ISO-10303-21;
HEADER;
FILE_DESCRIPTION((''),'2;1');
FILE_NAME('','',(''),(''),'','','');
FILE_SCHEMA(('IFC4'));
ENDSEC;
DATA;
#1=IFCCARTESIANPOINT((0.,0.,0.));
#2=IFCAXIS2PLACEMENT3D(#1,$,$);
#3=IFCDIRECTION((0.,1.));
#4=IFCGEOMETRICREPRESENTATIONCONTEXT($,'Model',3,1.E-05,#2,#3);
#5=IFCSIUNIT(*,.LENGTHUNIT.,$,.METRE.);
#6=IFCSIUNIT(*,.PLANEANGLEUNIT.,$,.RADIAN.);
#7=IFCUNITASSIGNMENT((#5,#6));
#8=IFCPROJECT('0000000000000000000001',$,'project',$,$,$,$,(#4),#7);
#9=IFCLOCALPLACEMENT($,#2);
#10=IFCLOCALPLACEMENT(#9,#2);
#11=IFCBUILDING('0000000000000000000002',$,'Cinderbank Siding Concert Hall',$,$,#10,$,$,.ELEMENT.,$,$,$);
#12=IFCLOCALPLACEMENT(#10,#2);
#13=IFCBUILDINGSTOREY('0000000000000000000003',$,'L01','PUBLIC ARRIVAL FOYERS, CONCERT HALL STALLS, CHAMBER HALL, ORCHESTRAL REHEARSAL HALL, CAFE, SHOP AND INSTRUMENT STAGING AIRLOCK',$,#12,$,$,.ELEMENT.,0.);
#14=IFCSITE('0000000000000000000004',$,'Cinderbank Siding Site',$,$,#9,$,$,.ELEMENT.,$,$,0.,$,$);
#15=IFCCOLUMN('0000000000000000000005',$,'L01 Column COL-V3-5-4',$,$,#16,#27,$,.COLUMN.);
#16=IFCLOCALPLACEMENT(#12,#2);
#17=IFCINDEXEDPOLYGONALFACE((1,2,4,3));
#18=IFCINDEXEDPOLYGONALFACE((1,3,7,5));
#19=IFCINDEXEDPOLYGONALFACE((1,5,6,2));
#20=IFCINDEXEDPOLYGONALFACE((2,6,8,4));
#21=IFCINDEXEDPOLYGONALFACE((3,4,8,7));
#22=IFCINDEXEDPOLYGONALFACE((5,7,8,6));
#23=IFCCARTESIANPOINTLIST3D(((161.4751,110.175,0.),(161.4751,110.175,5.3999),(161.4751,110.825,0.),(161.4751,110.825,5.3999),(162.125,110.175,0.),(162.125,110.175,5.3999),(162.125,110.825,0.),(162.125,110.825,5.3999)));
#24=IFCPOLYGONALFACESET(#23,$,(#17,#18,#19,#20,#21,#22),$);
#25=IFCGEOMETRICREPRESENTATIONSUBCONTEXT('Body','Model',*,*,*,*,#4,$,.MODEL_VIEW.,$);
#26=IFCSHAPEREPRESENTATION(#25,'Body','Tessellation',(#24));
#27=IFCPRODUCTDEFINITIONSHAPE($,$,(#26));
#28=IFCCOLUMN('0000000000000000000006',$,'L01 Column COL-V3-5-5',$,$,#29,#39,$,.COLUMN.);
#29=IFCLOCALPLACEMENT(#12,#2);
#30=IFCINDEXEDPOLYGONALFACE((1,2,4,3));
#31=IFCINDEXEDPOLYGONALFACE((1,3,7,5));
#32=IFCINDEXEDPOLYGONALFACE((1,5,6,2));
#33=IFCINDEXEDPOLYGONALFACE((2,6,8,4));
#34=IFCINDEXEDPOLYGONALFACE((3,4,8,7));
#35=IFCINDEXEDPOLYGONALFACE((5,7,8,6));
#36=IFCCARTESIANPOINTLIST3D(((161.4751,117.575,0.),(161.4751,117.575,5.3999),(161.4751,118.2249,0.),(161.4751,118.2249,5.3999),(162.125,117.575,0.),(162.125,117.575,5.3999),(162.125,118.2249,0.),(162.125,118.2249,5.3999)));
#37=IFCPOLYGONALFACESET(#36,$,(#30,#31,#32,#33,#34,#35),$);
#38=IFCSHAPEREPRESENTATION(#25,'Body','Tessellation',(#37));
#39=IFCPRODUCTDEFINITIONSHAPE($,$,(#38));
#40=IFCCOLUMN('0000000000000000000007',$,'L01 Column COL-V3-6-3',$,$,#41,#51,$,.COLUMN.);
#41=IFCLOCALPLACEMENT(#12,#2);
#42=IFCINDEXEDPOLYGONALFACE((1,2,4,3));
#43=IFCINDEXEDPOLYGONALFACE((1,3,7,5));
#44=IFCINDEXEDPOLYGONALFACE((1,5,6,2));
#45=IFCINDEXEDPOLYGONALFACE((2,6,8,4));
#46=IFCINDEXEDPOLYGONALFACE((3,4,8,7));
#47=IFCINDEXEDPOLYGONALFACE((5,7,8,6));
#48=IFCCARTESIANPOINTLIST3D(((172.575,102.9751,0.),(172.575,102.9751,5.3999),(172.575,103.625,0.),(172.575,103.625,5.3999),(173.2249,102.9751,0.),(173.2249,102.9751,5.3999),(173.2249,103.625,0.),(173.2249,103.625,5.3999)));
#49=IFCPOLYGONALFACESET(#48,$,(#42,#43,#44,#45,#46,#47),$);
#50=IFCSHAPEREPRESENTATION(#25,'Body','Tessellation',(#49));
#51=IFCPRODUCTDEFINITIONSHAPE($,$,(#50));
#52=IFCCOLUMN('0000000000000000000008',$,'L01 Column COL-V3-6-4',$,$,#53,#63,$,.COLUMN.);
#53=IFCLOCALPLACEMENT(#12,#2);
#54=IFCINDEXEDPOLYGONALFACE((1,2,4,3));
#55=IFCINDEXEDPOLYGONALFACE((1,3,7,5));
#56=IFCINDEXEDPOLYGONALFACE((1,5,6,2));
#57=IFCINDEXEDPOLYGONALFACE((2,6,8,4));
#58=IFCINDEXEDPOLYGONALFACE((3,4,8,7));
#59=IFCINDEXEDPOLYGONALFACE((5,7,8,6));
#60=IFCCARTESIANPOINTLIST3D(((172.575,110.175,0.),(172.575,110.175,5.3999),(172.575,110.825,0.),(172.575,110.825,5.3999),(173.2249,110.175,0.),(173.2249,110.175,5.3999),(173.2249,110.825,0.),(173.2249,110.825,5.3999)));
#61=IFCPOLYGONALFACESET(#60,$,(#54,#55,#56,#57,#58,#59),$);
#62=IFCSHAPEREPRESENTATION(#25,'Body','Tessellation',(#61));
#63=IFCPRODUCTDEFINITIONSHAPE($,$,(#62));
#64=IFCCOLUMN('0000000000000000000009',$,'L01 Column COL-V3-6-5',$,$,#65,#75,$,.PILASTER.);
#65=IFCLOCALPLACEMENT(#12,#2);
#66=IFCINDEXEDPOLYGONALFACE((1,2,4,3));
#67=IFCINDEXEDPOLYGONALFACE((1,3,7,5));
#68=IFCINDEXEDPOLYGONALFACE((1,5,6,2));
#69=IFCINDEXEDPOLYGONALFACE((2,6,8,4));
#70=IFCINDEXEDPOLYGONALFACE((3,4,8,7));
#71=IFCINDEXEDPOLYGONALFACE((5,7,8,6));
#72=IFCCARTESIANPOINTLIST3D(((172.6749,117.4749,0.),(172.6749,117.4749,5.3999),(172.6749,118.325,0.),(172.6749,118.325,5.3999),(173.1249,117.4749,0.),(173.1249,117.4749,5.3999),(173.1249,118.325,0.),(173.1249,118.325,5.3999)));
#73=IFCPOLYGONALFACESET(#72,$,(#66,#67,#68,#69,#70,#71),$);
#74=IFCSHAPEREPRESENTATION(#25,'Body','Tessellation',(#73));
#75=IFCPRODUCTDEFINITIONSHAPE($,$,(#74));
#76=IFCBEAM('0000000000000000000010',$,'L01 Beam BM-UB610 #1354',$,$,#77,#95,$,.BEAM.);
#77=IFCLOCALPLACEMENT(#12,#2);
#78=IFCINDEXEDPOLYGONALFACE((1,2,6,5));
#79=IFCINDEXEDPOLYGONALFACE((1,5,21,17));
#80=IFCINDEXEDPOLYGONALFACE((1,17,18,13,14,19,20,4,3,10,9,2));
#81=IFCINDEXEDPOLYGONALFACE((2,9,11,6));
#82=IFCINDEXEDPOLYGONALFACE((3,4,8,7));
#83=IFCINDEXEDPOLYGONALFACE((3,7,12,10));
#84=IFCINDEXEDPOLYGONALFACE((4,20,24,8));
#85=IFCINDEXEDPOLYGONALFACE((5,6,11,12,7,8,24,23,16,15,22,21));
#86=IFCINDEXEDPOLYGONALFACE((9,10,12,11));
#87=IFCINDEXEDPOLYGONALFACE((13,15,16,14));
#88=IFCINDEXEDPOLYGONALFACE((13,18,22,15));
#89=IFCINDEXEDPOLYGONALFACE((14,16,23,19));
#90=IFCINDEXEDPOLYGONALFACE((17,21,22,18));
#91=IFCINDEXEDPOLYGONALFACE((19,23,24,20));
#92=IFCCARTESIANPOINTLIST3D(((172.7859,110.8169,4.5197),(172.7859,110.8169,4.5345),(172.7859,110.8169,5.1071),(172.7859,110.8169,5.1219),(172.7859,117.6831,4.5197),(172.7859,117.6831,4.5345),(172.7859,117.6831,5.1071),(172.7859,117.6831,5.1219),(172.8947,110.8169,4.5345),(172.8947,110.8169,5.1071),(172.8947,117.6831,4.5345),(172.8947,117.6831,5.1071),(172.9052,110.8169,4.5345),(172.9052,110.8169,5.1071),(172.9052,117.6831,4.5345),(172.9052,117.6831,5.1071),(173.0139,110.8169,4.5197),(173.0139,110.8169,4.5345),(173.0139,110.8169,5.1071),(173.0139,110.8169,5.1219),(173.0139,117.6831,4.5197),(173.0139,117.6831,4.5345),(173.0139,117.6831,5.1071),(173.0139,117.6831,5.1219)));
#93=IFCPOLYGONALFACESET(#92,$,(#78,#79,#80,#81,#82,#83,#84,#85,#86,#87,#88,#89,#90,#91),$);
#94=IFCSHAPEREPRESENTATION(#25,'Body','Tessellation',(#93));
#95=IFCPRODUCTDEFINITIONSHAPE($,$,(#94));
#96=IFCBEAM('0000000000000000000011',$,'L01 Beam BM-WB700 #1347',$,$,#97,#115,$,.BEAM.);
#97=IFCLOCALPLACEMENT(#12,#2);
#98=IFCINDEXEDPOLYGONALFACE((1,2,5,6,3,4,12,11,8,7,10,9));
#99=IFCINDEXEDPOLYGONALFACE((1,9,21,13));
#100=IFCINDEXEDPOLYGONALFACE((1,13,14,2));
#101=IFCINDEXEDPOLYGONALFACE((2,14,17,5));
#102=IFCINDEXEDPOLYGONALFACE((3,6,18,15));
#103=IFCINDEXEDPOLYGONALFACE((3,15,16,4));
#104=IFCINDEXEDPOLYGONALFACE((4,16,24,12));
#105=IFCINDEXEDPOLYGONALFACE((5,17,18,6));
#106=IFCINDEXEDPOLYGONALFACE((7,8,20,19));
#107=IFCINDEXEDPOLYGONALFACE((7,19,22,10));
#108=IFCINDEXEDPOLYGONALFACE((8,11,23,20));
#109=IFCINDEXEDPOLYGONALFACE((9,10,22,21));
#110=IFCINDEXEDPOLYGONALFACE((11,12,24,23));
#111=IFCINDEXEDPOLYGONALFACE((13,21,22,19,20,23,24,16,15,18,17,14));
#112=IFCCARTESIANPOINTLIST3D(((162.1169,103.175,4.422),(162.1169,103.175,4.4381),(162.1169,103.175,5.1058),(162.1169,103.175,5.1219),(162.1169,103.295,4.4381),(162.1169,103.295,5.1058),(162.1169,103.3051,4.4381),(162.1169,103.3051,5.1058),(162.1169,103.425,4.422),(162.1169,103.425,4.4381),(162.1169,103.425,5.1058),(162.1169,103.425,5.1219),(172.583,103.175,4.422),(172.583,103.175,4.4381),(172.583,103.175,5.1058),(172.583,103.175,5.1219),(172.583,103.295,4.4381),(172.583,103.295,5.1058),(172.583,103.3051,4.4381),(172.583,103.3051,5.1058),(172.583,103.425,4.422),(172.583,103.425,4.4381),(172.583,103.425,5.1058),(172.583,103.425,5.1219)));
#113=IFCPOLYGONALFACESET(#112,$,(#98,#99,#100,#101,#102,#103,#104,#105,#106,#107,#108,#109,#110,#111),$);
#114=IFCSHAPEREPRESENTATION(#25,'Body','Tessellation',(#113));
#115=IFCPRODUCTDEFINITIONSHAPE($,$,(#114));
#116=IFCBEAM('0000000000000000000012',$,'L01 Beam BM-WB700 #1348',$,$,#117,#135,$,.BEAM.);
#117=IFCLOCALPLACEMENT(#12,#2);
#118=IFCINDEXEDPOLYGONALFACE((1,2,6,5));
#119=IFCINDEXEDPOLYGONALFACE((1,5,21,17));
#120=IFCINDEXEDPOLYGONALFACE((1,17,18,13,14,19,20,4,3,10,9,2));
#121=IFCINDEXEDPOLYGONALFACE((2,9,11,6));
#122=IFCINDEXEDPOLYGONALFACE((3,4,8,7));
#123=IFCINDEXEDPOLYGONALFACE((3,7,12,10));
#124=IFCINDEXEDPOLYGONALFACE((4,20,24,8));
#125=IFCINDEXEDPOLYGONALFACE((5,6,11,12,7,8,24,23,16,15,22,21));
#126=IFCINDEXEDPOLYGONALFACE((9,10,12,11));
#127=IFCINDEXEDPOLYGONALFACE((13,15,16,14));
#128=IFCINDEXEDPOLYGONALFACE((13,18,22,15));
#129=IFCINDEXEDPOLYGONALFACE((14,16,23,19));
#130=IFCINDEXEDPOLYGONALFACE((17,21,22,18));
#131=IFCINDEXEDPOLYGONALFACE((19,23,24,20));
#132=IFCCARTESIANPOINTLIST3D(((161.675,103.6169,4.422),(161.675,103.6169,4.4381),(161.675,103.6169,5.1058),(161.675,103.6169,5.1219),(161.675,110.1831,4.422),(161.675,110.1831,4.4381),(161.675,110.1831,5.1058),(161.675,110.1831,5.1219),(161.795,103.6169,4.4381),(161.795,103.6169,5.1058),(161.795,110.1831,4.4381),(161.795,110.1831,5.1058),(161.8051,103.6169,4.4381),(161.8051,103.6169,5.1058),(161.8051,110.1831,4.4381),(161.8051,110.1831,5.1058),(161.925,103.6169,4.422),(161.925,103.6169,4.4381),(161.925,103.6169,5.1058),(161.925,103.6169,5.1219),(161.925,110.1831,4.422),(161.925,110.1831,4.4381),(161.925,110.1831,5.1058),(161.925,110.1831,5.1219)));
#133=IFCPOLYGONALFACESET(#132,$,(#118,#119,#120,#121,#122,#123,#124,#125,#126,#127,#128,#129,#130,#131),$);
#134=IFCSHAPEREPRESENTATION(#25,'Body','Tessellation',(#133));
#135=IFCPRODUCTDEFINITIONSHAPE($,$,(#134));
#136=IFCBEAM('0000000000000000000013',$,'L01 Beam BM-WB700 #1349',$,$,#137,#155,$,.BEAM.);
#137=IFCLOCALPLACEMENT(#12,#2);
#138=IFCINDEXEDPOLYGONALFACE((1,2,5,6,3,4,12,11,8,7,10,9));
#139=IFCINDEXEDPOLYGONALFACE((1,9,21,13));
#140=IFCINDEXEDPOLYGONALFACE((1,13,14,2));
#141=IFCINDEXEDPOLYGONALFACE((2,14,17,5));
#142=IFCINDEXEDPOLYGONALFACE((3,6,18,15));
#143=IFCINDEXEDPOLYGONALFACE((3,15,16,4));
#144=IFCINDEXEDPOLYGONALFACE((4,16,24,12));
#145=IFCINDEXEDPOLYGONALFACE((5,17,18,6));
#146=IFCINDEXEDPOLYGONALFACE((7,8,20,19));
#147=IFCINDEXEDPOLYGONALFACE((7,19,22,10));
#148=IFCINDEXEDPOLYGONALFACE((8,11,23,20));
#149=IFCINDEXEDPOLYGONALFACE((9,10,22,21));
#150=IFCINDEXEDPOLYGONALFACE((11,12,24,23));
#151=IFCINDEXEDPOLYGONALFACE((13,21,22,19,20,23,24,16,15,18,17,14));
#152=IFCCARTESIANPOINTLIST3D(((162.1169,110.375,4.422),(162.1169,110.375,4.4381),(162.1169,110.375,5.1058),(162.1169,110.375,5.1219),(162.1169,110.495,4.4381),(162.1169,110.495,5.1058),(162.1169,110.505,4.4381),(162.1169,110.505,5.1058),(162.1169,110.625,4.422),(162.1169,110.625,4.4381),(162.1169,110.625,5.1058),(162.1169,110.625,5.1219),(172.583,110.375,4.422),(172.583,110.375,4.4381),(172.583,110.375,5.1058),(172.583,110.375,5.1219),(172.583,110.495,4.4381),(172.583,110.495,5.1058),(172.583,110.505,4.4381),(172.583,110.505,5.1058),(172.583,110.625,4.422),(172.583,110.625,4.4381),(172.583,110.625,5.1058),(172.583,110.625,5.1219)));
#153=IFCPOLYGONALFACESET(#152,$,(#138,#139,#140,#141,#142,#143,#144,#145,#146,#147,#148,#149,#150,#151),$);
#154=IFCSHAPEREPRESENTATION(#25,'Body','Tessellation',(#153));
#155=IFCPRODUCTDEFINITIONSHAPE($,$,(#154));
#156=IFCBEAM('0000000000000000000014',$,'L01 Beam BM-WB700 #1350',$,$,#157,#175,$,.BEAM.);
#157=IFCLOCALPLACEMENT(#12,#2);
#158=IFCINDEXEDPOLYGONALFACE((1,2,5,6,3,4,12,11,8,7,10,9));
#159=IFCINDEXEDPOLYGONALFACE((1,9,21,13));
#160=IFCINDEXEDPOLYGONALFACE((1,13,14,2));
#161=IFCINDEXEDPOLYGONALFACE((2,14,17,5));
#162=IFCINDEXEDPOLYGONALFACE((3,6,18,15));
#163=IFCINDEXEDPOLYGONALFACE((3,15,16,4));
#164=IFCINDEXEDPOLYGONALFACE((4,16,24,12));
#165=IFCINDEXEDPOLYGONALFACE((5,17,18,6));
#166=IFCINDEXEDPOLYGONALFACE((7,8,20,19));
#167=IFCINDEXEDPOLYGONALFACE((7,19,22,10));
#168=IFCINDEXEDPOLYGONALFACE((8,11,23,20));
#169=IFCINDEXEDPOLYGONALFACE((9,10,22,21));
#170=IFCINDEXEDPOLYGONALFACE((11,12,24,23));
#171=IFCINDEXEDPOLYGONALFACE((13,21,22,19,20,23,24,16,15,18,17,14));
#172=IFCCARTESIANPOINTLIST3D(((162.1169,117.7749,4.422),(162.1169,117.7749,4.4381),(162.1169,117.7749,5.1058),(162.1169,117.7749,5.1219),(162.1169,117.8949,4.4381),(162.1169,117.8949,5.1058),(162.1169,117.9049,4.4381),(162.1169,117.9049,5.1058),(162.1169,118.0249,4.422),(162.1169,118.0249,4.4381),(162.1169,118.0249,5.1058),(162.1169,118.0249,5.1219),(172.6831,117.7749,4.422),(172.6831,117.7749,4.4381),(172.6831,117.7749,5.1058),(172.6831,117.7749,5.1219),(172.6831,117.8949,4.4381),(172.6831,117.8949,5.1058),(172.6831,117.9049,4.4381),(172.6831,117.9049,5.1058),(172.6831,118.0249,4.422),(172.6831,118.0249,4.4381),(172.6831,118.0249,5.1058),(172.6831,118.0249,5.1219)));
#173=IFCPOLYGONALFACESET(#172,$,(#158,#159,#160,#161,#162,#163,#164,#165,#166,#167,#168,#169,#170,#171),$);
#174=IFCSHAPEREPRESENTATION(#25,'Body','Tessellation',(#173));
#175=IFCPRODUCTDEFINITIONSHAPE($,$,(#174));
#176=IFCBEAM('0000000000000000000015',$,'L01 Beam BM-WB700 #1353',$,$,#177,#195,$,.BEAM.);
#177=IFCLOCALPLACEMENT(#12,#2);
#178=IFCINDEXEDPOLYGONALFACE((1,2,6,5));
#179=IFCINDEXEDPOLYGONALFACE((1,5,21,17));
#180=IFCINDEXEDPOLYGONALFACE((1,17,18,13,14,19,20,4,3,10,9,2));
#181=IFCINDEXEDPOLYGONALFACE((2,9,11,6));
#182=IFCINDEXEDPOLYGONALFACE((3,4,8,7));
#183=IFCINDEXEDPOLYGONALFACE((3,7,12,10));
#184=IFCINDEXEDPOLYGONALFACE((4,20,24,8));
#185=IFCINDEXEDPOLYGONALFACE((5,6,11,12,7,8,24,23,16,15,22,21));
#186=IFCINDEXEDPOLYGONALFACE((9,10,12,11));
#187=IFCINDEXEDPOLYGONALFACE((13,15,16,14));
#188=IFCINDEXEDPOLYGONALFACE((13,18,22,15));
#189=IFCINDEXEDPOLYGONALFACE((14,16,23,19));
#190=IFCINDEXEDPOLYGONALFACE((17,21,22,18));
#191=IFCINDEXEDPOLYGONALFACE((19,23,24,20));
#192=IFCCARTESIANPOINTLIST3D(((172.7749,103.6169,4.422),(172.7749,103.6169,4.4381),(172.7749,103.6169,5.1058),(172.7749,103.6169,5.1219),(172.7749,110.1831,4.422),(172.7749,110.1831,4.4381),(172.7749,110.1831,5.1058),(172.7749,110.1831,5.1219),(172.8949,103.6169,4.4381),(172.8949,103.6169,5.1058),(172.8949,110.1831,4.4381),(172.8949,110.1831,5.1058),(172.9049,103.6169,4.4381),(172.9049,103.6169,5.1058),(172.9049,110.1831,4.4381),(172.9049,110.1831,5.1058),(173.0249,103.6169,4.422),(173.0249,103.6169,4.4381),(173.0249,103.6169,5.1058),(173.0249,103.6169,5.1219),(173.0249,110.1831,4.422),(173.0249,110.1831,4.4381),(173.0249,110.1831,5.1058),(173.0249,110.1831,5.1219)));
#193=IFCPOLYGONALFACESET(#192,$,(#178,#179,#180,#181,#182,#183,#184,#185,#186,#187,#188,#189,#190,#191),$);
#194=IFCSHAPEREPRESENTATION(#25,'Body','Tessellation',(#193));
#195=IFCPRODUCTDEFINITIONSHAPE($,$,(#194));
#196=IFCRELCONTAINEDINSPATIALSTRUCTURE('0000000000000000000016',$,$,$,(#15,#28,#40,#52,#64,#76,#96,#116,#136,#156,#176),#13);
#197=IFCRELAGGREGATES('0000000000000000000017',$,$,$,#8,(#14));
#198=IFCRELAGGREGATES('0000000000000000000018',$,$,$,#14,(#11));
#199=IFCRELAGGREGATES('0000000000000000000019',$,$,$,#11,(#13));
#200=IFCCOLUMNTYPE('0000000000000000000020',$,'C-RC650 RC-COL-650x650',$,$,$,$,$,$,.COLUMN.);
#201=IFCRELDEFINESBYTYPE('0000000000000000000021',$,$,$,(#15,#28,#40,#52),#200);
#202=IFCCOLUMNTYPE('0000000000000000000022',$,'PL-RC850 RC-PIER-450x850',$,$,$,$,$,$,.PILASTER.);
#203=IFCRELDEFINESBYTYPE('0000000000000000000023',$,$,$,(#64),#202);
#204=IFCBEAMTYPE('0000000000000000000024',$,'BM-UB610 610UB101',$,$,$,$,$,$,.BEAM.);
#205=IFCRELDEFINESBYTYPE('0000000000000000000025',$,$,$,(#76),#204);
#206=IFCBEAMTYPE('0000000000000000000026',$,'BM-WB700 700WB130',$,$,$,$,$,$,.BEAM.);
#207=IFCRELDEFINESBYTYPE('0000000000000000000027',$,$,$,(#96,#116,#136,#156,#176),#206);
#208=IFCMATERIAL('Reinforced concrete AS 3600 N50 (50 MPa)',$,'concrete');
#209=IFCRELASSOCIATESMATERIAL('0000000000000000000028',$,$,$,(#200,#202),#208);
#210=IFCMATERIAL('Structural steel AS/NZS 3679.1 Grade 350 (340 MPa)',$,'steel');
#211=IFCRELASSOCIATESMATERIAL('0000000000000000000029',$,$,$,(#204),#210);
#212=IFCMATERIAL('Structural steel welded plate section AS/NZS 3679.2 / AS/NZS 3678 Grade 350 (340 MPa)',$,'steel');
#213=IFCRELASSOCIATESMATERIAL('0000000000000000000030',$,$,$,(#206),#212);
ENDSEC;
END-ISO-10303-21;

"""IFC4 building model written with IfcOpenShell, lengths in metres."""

from ifc_helpers import new_model, si_unit, direction, frame, origin, origin_2d, place, context, subcontext, project, spatial, rectangle, i_section, extrude, material, material_profile, profile_set, type_object, element, save


model = new_model("IFC4")

# Units and contexts
model_context = context("Model", 3, precision=1e-05, world=origin(), true_north=direction((0.0, 1.0)))
body_context = subcontext(model_context, "Body", "Model", "MODEL_VIEW")
ifc_project = project(units=[si_unit("LENGTHUNIT", "METRE"), si_unit("PLANEANGLEUNIT", "RADIAN")], contexts=[model_context])

# Site, building, storey
site_placement = place(None, origin())
site = spatial("IfcSite", under=ifc_project, at=site_placement, Name="Cinderbank Siding Site", CompositionType="ELEMENT", RefElevation=0.0)
building_placement = place(site_placement, origin())
building = spatial("IfcBuilding", under=site, at=building_placement, Name="Cinderbank Siding Concert Hall", CompositionType="ELEMENT")
storey_placement = place(building_placement, origin())
storey = spatial("IfcBuildingStorey", under=building, at=storey_placement, Name="L01", Description="PUBLIC ARRIVAL FOYERS, CONCERT HALL STALLS, CHAMBER HALL, ORCHESTRAL REHEARSAL HALL, CAFE, SHOP AND INSTRUMENT STAGING AIRLOCK", CompositionType="ELEMENT", Elevation=0.0)

# Columns
ifc_material_1 = material(Name="Reinforced concrete AS 3600 N50 (50 MPa)", Category="concrete")
ifc_material_profile_1 = material_profile(ifc_material_1, rectangle(XDim=0.6499, YDim=0.6499, at=origin_2d()), Name="RC-COL-650x650", Category="LoadBearing")
ifc_profile_set_1 = profile_set([ifc_material_profile_1], Name="Reinforced concrete AS 3600 N50 (50 MPa)")
column_type_1 = type_object("IfcColumnType", Name="C-RC650 RC-COL-650x650", PredefinedType="COLUMN", material=ifc_profile_set_1)
for number, where, z_axis, x_axis, name in (
    (1, (161.8, 110.5, 0.0), (0.0, 0.0, 1.0), (1.0, 0.0, 0.0), "L01 Column COL-V3-5-4"),
    (2, (161.8, 117.8999, 0.0), (0.0, 0.0, 1.0), (1.0, 0.0, 0.0), "L01 Column COL-V3-5-5"),
    (3, (172.8999, 103.3, 0.0), (0.0, 0.0, 1.0), (1.0, 0.0, 0.0), "L01 Column COL-V3-6-3"),
    (4, (172.8999, 110.5, 0.0), (0.0, 0.0, 1.0), (1.0, 0.0, 0.0), "L01 Column COL-V3-6-4"),
):
    element("IfcColumn", number, at=place(storey_placement, frame(where, z_axis=z_axis, x_axis=x_axis)), inside=storey, type_object=column_type_1, Name=name, PredefinedType="COLUMN", context=body_context, shape_type="SweptSolid", body=[
        extrude(rectangle(XDim=0.6499, YDim=0.6499, at=origin_2d()), origin(), (0.0, 0.0, 1.0), 5.3999),
    ])
ifc_material_profile_2 = material_profile(ifc_material_1, rectangle(XDim=0.45, YDim=0.8501, at=origin_2d()), Name="RC-PIER-450x850", Category="LoadBearing")
ifc_profile_set_2 = profile_set([ifc_material_profile_2], Name="Reinforced concrete AS 3600 N50 (50 MPa)")
column_type_2 = type_object("IfcColumnType", Name="PL-RC850 RC-PIER-450x850", PredefinedType="PILASTER", material=ifc_profile_set_2)
column_placement = place(storey_placement, frame((172.8999, 117.8999, 0.0), z_axis=(0.0, 0.0, 1.0), x_axis=(1.0, 0.0, 0.0)))
element("IfcColumn", 5, at=column_placement, inside=storey, type_object=column_type_2, Name="L01 Column COL-V3-6-5", PredefinedType="PILASTER", context=body_context, shape_type="SweptSolid", body=[
    extrude(rectangle(XDim=0.45, YDim=0.8501, at=origin_2d()), origin(), (0.0, 0.0, 1.0), 5.3999),
])

# Beams
ifc_material_2 = material(Name="Structural steel AS/NZS 3679.1 Grade 350 (340 MPa)", Category="steel")
ifc_material_profile_3 = material_profile(ifc_material_2, i_section(OverallWidth=0.228, OverallDepth=0.6023, WebThickness=0.0105, FlangeThickness=0.0149, at=origin_2d()), Name="610UB101", Category="LoadBearing")
ifc_profile_set_3 = profile_set([ifc_material_profile_3], Name="Structural steel AS/NZS 3679.1 Grade 350 (340 MPa)")
beam_type_1 = type_object("IfcBeamType", Name="BM-UB610 610UB101", PredefinedType="BEAM", material=ifc_profile_set_3)
beam_1_placement = place(storey_placement, frame((172.8999, 110.8169, 4.8208), z_axis=(0.0, 1.0, 0.0), x_axis=(-1.0, 0.0, 0.0)))
element("IfcBeam", 6, at=beam_1_placement, inside=storey, type_object=beam_type_1, Name="L01 Beam BM-UB610 #1354", PredefinedType="BEAM", context=body_context, shape_type="SweptSolid", body=[
    extrude(i_section(OverallWidth=0.228, OverallDepth=0.6023, WebThickness=0.0105, FlangeThickness=0.0149, at=origin_2d()), origin(), (0.0, 0.0, 1.0), 6.8662),
])
ifc_material_3 = material(Name="Structural steel welded plate section AS/NZS 3679.2 / AS/NZS 3678 Grade 350 (340 MPa)", Category="steel")
ifc_material_profile_4 = material_profile(ifc_material_3, i_section(OverallWidth=0.25, OverallDepth=0.7, WebThickness=0.01, FlangeThickness=0.0161, at=origin_2d()), Name="700WB130", Category="LoadBearing")
ifc_profile_set_4 = profile_set([ifc_material_profile_4], Name="Structural steel welded plate section AS/NZS 3679.2 / AS/NZS 3678 Grade 350 (340 MPa)")
beam_type_2 = type_object("IfcBeamType", Name="BM-WB700 700WB130", PredefinedType="BEAM", material=ifc_profile_set_4)
beam_2_placement = place(storey_placement, frame((162.1169, 103.3, 4.772), z_axis=(1.0, 0.0, 0.0), x_axis=(0.0, 1.0, 0.0)))
element("IfcBeam", 7, at=beam_2_placement, inside=storey, type_object=beam_type_2, Name="L01 Beam BM-WB700 #1347", PredefinedType="BEAM", context=body_context, shape_type="SweptSolid", body=[
    extrude(i_section(OverallWidth=0.25, OverallDepth=0.7, WebThickness=0.01, FlangeThickness=0.0161, at=origin_2d()), origin(), (0.0, 0.0, 1.0), 10.4661),
])
beam_3_placement = place(storey_placement, frame((161.8, 103.6169, 4.772), z_axis=(0.0, 1.0, 0.0), x_axis=(-1.0, 0.0, 0.0)))
element("IfcBeam", 8, at=beam_3_placement, inside=storey, type_object=beam_type_2, Name="L01 Beam BM-WB700 #1348", PredefinedType="BEAM", context=body_context, shape_type="SweptSolid", body=[
    extrude(i_section(OverallWidth=0.25, OverallDepth=0.7, WebThickness=0.01, FlangeThickness=0.0161, at=origin_2d()), origin(), (0.0, 0.0, 1.0), 6.5662),
])
beam_4_placement = place(storey_placement, frame((162.1169, 110.5, 4.772), z_axis=(1.0, 0.0, 0.0), x_axis=(0.0, 1.0, 0.0)))
element("IfcBeam", 9, at=beam_4_placement, inside=storey, type_object=beam_type_2, Name="L01 Beam BM-WB700 #1349", PredefinedType="BEAM", context=body_context, shape_type="SweptSolid", body=[
    extrude(i_section(OverallWidth=0.25, OverallDepth=0.7, WebThickness=0.01, FlangeThickness=0.0161, at=origin_2d()), origin(), (0.0, 0.0, 1.0), 10.4661),
])
beam_5_placement = place(storey_placement, frame((162.1169, 117.8999, 4.772), z_axis=(1.0, 0.0, 0.0), x_axis=(0.0, 1.0, 0.0)))
element("IfcBeam", 10, at=beam_5_placement, inside=storey, type_object=beam_type_2, Name="L01 Beam BM-WB700 #1350", PredefinedType="BEAM", context=body_context, shape_type="SweptSolid", body=[
    extrude(i_section(OverallWidth=0.25, OverallDepth=0.7, WebThickness=0.01, FlangeThickness=0.0161, at=origin_2d()), origin(), (0.0, 0.0, 1.0), 10.5662),
])
beam_6_placement = place(storey_placement, frame((172.8999, 103.6169, 4.772), z_axis=(0.0, 1.0, 0.0), x_axis=(-1.0, 0.0, 0.0)))
element("IfcBeam", 11, at=beam_6_placement, inside=storey, type_object=beam_type_2, Name="L01 Beam BM-WB700 #1353", PredefinedType="BEAM", context=body_context, shape_type="SweptSolid", body=[
    extrude(i_section(OverallWidth=0.25, OverallDepth=0.7, WebThickness=0.01, FlangeThickness=0.0161, at=origin_2d()), origin(), (0.0, 0.0, 1.0), 6.5662),
])

save(model, "model.ifc")
